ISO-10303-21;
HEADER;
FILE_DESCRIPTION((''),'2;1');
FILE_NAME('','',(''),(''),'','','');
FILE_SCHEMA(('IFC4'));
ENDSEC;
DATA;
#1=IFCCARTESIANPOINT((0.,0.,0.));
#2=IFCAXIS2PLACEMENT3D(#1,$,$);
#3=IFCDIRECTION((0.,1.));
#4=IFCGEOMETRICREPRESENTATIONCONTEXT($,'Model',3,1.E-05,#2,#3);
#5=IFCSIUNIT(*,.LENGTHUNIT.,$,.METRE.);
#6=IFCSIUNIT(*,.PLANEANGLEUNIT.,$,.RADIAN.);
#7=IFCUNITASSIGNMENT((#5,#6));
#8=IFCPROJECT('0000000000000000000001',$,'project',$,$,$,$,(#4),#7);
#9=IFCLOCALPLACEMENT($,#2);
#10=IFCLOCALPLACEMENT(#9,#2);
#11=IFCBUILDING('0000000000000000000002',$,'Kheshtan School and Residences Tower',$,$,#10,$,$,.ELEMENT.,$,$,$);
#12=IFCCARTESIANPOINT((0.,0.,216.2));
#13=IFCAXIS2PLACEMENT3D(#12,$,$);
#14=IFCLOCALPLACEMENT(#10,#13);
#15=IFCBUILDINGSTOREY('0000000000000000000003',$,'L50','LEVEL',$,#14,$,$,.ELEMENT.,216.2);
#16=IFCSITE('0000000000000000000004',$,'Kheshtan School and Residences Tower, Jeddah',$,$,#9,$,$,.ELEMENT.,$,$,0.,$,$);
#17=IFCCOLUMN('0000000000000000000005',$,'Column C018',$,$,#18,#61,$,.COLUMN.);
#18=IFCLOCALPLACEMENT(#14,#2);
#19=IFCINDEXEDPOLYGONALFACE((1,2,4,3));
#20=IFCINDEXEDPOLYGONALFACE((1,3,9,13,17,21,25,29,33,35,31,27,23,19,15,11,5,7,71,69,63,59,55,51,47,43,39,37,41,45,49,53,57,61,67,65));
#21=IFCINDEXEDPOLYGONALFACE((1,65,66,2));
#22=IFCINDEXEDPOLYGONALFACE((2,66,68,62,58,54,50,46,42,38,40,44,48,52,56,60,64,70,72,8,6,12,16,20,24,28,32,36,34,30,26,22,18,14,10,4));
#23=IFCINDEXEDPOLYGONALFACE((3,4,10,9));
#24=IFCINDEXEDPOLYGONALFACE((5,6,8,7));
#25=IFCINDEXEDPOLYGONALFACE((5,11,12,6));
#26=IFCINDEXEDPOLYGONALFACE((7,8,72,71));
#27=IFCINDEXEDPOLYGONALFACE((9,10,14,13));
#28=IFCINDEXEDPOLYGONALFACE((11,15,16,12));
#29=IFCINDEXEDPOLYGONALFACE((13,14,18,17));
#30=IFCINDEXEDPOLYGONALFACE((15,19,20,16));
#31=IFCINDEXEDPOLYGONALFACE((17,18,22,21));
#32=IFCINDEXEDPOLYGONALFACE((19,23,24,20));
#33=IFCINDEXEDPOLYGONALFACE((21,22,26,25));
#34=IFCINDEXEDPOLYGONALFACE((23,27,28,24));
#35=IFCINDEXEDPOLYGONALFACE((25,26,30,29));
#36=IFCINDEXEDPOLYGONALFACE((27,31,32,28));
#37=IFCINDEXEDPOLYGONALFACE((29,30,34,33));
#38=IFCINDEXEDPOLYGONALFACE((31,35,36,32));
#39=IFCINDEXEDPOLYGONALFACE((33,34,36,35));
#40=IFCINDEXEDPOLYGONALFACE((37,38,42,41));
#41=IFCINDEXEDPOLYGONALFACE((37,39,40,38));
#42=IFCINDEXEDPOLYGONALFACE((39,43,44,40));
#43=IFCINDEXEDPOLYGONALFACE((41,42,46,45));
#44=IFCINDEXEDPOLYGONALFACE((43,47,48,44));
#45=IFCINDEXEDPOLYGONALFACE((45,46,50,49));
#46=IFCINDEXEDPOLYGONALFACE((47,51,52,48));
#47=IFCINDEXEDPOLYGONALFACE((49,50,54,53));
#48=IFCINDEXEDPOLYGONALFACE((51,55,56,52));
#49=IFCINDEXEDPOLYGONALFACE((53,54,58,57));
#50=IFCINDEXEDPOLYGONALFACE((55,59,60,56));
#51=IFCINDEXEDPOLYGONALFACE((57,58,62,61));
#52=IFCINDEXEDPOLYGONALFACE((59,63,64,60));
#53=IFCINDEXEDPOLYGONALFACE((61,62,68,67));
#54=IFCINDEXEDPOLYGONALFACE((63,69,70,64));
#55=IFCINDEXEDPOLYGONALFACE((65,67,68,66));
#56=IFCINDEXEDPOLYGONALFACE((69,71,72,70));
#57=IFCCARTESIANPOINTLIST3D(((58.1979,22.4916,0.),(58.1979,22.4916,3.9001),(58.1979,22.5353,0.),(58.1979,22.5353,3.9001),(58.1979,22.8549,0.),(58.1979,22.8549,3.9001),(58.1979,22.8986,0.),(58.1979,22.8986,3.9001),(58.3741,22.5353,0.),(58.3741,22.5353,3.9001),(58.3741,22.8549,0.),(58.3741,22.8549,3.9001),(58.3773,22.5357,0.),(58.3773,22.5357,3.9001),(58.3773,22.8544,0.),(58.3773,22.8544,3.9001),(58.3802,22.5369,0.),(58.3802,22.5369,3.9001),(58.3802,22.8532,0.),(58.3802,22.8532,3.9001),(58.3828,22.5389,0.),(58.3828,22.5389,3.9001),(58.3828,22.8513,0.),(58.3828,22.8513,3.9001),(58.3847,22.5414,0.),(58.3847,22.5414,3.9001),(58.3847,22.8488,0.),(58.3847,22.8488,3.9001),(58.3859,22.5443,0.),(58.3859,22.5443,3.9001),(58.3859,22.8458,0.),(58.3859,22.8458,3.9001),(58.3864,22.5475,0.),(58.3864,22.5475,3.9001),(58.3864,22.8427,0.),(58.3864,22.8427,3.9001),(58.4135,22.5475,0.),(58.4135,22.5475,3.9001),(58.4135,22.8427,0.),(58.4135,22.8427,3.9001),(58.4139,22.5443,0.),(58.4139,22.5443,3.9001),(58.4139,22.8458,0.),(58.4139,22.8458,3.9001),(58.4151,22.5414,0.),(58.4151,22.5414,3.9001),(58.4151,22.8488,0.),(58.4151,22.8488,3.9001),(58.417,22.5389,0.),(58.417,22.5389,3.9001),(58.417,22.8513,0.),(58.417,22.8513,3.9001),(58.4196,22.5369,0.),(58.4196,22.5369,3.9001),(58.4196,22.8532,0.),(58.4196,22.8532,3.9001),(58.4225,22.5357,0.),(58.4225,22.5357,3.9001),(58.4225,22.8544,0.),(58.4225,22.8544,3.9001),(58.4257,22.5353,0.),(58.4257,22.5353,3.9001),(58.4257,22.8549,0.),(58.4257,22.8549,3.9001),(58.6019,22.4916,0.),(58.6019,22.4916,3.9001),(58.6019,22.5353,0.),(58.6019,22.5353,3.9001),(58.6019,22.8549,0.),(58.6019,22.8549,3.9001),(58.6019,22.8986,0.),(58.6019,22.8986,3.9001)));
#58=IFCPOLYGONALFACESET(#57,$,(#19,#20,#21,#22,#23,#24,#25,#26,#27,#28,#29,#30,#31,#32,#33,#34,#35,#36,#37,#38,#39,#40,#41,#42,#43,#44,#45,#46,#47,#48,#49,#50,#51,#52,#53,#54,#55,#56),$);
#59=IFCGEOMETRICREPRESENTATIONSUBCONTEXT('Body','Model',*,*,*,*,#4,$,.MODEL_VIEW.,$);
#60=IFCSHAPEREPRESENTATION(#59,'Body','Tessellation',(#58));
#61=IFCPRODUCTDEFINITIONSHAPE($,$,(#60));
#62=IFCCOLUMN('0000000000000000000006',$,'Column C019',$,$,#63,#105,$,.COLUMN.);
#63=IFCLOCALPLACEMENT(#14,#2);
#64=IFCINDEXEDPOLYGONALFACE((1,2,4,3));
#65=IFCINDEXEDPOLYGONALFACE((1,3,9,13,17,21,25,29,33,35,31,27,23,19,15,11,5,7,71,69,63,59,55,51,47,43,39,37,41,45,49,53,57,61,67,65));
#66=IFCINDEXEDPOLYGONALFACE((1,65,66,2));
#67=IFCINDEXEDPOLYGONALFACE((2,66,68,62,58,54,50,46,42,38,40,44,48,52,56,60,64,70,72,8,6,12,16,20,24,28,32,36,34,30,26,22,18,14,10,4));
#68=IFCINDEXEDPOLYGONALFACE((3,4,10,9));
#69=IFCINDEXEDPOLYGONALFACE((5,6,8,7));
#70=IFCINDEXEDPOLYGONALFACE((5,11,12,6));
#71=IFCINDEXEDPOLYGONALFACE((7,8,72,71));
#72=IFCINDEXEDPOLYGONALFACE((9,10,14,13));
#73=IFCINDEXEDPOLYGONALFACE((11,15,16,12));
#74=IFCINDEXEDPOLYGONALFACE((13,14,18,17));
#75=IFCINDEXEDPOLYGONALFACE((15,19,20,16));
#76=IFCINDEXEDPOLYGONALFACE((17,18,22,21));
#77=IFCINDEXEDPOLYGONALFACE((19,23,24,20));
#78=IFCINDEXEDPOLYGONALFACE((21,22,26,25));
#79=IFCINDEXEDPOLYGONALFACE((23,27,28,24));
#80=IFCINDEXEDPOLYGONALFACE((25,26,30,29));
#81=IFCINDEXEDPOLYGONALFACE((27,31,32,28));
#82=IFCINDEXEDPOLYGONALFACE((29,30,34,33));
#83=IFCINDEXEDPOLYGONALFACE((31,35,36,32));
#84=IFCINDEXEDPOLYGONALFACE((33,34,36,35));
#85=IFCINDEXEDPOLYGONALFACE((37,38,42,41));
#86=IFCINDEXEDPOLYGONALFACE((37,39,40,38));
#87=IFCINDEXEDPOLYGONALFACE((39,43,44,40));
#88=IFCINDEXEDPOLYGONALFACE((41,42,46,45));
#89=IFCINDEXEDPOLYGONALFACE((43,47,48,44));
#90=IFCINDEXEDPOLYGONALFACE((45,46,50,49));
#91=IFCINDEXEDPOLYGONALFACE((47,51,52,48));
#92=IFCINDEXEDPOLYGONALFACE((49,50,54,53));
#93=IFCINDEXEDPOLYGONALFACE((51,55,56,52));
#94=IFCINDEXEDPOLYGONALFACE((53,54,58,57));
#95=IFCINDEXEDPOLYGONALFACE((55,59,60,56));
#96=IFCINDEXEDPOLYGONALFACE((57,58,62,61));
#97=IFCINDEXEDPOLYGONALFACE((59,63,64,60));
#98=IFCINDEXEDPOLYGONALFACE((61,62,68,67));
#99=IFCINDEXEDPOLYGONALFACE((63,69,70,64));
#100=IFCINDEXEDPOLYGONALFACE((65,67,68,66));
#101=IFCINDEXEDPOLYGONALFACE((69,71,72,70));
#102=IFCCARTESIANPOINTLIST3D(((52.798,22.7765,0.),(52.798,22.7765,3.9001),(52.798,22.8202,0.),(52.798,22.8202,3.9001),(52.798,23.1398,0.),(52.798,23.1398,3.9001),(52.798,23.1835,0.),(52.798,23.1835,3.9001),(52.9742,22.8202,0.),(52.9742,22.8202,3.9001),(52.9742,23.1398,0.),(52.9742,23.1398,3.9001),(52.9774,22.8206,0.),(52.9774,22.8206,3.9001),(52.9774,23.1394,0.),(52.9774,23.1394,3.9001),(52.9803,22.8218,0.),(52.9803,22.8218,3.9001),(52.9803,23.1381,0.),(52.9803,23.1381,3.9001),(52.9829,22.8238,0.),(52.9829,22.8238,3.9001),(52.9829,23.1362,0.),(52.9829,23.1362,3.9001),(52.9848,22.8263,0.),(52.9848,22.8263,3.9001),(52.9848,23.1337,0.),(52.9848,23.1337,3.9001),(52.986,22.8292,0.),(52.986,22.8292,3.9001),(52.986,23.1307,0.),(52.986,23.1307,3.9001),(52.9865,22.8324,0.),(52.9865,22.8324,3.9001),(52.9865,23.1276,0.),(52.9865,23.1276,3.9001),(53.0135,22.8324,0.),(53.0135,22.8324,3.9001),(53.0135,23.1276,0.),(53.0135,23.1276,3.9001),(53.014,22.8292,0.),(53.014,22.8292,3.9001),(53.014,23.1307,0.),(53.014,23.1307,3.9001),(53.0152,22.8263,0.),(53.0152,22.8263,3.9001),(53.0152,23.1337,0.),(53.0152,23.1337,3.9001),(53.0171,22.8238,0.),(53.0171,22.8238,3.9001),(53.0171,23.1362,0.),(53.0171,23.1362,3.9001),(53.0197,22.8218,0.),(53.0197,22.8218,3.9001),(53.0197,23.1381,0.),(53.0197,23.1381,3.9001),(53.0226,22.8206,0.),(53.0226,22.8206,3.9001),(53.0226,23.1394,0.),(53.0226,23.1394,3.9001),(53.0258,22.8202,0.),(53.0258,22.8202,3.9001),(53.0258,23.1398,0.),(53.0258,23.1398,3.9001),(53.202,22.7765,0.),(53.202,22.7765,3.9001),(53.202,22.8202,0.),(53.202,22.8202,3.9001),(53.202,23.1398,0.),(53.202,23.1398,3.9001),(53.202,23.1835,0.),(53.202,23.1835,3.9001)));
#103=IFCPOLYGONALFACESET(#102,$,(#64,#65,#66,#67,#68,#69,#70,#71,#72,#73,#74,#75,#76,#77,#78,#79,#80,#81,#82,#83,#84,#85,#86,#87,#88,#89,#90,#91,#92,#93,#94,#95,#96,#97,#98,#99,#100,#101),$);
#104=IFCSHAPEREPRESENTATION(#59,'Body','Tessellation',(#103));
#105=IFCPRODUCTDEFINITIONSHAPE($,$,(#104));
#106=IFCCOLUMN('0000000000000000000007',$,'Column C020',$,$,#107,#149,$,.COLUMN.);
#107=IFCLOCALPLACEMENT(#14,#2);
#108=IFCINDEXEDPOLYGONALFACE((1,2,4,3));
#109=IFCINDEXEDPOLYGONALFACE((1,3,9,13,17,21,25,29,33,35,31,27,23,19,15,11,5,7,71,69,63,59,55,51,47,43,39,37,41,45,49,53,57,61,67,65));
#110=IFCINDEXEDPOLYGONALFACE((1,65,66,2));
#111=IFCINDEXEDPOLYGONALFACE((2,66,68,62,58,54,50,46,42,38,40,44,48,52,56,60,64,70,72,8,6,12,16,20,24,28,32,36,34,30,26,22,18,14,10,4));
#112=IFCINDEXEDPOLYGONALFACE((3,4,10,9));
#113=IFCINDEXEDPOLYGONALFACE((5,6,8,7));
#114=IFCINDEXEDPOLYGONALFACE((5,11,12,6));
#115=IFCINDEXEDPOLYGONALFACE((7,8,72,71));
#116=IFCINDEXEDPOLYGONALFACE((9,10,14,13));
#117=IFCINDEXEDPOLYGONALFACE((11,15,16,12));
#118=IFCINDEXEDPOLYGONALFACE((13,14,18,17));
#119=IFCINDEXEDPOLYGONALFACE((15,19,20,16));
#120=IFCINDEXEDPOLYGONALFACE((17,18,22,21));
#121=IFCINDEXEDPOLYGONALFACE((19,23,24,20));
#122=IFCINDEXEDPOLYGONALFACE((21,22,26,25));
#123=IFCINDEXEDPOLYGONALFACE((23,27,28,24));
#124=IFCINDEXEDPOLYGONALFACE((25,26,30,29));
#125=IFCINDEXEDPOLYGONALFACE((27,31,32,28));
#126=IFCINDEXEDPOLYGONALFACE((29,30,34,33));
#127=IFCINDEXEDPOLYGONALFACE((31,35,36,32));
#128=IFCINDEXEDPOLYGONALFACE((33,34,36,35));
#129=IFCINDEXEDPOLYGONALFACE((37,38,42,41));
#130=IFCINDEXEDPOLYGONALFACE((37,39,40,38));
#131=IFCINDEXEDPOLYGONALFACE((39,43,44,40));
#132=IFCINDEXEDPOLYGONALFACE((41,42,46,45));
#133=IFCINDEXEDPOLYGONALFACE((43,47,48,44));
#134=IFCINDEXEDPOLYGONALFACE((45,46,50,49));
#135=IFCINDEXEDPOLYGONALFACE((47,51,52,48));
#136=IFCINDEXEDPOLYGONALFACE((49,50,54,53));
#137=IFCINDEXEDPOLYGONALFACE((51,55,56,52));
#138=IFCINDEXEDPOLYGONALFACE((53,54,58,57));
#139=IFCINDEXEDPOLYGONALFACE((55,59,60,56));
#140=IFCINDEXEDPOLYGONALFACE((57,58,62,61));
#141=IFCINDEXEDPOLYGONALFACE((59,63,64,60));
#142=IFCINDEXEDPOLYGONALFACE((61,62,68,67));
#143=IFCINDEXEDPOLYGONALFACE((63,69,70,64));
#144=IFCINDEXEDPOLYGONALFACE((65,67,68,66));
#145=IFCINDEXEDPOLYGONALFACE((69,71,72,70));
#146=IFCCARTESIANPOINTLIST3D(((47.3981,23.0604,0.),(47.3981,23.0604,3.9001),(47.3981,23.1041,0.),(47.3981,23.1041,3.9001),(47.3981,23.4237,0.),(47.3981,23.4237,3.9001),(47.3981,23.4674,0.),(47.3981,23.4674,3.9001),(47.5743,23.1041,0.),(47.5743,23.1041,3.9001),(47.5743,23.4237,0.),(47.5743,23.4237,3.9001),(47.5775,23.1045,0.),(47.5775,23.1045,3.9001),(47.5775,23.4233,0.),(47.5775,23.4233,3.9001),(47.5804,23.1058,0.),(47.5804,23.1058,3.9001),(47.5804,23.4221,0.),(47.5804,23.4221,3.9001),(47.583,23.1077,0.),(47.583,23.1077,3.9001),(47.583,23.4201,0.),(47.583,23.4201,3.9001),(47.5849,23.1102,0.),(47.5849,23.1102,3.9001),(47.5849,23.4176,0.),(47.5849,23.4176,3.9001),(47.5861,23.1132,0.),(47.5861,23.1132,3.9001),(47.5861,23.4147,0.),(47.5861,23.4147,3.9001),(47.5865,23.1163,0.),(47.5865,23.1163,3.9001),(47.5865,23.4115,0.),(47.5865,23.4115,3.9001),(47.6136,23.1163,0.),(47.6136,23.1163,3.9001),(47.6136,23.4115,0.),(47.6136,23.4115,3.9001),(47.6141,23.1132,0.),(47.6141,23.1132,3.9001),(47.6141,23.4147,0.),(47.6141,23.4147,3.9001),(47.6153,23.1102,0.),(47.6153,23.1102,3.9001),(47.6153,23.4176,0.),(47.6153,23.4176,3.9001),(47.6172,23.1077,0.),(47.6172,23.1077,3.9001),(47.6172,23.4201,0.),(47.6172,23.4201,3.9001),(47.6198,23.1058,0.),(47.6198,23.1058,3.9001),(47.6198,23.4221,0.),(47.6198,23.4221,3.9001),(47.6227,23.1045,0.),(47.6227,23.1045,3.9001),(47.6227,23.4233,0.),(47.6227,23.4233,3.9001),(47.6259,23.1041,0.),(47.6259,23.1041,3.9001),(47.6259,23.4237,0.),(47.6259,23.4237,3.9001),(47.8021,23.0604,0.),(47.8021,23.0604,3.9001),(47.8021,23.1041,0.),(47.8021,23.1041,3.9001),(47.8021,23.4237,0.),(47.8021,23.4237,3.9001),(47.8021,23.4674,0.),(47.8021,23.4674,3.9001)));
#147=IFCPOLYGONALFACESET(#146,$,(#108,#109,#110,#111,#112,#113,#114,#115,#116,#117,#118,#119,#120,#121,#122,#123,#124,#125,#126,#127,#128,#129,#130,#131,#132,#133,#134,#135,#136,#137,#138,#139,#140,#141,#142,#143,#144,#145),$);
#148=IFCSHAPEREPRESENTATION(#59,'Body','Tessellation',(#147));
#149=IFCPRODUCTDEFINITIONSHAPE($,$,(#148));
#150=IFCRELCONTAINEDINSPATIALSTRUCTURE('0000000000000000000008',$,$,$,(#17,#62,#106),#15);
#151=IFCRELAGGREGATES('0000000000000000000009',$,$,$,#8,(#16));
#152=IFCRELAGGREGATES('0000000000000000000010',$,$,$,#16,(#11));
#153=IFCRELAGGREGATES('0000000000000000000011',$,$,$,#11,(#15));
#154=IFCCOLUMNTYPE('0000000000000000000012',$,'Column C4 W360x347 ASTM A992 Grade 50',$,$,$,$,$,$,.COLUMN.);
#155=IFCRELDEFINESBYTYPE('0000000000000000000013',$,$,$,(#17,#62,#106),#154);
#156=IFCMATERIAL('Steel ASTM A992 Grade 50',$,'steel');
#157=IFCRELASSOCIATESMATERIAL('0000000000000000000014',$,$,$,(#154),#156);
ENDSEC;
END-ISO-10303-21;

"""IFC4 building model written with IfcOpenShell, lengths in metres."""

from ifc_helpers import new_model, si_unit, direction, frame, origin, origin_2d, place, context, subcontext, project, spatial, i_section, extrude, material, material_profile, profile_set, type_object, element, save


model = new_model("IFC4")

# Units and contexts
model_context = context("Model", 3, precision=1e-05, world=origin(), true_north=direction((0.0, 1.0)))
body_context = subcontext(model_context, "Body", "Model", "MODEL_VIEW")
ifc_project = project(units=[si_unit("LENGTHUNIT", "METRE"), si_unit("PLANEANGLEUNIT", "RADIAN")], contexts=[model_context])

# Site, building, storey
site_placement = place(None, origin())
site = spatial("IfcSite", under=ifc_project, at=site_placement, Name="Kheshtan School and Residences Tower, Jeddah", CompositionType="ELEMENT", RefElevation=0.0)
building_placement = place(site_placement, origin())
building = spatial("IfcBuilding", under=site, at=building_placement, Name="Kheshtan School and Residences Tower", CompositionType="ELEMENT")
storey_placement = place(building_placement, frame((0.0, 0.0, 216.2)))
storey = spatial("IfcBuildingStorey", under=building, at=storey_placement, Name="L50", Description="LEVEL", CompositionType="ELEMENT", Elevation=216.2)

# Columns
ifc_material_1 = material(Name="Steel ASTM A992 Grade 50", Category="steel")
ifc_material_profile_1 = material_profile(ifc_material_1, i_section(OverallWidth=0.4041, OverallDepth=0.407, WebThickness=0.0271, FlangeThickness=0.0437, FilletRadius=0.0122, at=origin_2d()), Name="W360x347")
ifc_profile_set_1 = profile_set([ifc_material_profile_1], Name="Steel ASTM A992 Grade 50")
column_type_1 = type_object("IfcColumnType", Name="Column C4 W360x347 ASTM A992 Grade 50", PredefinedType="COLUMN", material=ifc_profile_set_1)
for number, where, z_axis, x_axis, name in (
    (1, (58.3999, 22.6951, 0.0), (0.0, 0.0, 1.0), (1.0, 0.0, 0.0), "Column C018"),
    (2, (53.0, 22.98, 0.0), (0.0, 0.0, 1.0), (1.0, 0.0, 0.0), "Column C019"),
    (3, (47.6001, 23.2639, 0.0), (0.0, 0.0, 1.0), (1.0, 0.0, 0.0), "Column C020"),
):
    element("IfcColumn", number, at=place(storey_placement, frame(where, z_axis=z_axis, x_axis=x_axis)), inside=storey, type_object=column_type_1, Name=name, PredefinedType="COLUMN", context=body_context, shape_type="SweptSolid", body=[
        extrude(i_section(OverallWidth=0.4041, OverallDepth=0.407, WebThickness=0.0271, FlangeThickness=0.0437, FilletRadius=0.0122, at=origin_2d()), origin(), (0.0, 0.0, 1.0), 3.9001),
    ])

save(model, "model.ifc")
